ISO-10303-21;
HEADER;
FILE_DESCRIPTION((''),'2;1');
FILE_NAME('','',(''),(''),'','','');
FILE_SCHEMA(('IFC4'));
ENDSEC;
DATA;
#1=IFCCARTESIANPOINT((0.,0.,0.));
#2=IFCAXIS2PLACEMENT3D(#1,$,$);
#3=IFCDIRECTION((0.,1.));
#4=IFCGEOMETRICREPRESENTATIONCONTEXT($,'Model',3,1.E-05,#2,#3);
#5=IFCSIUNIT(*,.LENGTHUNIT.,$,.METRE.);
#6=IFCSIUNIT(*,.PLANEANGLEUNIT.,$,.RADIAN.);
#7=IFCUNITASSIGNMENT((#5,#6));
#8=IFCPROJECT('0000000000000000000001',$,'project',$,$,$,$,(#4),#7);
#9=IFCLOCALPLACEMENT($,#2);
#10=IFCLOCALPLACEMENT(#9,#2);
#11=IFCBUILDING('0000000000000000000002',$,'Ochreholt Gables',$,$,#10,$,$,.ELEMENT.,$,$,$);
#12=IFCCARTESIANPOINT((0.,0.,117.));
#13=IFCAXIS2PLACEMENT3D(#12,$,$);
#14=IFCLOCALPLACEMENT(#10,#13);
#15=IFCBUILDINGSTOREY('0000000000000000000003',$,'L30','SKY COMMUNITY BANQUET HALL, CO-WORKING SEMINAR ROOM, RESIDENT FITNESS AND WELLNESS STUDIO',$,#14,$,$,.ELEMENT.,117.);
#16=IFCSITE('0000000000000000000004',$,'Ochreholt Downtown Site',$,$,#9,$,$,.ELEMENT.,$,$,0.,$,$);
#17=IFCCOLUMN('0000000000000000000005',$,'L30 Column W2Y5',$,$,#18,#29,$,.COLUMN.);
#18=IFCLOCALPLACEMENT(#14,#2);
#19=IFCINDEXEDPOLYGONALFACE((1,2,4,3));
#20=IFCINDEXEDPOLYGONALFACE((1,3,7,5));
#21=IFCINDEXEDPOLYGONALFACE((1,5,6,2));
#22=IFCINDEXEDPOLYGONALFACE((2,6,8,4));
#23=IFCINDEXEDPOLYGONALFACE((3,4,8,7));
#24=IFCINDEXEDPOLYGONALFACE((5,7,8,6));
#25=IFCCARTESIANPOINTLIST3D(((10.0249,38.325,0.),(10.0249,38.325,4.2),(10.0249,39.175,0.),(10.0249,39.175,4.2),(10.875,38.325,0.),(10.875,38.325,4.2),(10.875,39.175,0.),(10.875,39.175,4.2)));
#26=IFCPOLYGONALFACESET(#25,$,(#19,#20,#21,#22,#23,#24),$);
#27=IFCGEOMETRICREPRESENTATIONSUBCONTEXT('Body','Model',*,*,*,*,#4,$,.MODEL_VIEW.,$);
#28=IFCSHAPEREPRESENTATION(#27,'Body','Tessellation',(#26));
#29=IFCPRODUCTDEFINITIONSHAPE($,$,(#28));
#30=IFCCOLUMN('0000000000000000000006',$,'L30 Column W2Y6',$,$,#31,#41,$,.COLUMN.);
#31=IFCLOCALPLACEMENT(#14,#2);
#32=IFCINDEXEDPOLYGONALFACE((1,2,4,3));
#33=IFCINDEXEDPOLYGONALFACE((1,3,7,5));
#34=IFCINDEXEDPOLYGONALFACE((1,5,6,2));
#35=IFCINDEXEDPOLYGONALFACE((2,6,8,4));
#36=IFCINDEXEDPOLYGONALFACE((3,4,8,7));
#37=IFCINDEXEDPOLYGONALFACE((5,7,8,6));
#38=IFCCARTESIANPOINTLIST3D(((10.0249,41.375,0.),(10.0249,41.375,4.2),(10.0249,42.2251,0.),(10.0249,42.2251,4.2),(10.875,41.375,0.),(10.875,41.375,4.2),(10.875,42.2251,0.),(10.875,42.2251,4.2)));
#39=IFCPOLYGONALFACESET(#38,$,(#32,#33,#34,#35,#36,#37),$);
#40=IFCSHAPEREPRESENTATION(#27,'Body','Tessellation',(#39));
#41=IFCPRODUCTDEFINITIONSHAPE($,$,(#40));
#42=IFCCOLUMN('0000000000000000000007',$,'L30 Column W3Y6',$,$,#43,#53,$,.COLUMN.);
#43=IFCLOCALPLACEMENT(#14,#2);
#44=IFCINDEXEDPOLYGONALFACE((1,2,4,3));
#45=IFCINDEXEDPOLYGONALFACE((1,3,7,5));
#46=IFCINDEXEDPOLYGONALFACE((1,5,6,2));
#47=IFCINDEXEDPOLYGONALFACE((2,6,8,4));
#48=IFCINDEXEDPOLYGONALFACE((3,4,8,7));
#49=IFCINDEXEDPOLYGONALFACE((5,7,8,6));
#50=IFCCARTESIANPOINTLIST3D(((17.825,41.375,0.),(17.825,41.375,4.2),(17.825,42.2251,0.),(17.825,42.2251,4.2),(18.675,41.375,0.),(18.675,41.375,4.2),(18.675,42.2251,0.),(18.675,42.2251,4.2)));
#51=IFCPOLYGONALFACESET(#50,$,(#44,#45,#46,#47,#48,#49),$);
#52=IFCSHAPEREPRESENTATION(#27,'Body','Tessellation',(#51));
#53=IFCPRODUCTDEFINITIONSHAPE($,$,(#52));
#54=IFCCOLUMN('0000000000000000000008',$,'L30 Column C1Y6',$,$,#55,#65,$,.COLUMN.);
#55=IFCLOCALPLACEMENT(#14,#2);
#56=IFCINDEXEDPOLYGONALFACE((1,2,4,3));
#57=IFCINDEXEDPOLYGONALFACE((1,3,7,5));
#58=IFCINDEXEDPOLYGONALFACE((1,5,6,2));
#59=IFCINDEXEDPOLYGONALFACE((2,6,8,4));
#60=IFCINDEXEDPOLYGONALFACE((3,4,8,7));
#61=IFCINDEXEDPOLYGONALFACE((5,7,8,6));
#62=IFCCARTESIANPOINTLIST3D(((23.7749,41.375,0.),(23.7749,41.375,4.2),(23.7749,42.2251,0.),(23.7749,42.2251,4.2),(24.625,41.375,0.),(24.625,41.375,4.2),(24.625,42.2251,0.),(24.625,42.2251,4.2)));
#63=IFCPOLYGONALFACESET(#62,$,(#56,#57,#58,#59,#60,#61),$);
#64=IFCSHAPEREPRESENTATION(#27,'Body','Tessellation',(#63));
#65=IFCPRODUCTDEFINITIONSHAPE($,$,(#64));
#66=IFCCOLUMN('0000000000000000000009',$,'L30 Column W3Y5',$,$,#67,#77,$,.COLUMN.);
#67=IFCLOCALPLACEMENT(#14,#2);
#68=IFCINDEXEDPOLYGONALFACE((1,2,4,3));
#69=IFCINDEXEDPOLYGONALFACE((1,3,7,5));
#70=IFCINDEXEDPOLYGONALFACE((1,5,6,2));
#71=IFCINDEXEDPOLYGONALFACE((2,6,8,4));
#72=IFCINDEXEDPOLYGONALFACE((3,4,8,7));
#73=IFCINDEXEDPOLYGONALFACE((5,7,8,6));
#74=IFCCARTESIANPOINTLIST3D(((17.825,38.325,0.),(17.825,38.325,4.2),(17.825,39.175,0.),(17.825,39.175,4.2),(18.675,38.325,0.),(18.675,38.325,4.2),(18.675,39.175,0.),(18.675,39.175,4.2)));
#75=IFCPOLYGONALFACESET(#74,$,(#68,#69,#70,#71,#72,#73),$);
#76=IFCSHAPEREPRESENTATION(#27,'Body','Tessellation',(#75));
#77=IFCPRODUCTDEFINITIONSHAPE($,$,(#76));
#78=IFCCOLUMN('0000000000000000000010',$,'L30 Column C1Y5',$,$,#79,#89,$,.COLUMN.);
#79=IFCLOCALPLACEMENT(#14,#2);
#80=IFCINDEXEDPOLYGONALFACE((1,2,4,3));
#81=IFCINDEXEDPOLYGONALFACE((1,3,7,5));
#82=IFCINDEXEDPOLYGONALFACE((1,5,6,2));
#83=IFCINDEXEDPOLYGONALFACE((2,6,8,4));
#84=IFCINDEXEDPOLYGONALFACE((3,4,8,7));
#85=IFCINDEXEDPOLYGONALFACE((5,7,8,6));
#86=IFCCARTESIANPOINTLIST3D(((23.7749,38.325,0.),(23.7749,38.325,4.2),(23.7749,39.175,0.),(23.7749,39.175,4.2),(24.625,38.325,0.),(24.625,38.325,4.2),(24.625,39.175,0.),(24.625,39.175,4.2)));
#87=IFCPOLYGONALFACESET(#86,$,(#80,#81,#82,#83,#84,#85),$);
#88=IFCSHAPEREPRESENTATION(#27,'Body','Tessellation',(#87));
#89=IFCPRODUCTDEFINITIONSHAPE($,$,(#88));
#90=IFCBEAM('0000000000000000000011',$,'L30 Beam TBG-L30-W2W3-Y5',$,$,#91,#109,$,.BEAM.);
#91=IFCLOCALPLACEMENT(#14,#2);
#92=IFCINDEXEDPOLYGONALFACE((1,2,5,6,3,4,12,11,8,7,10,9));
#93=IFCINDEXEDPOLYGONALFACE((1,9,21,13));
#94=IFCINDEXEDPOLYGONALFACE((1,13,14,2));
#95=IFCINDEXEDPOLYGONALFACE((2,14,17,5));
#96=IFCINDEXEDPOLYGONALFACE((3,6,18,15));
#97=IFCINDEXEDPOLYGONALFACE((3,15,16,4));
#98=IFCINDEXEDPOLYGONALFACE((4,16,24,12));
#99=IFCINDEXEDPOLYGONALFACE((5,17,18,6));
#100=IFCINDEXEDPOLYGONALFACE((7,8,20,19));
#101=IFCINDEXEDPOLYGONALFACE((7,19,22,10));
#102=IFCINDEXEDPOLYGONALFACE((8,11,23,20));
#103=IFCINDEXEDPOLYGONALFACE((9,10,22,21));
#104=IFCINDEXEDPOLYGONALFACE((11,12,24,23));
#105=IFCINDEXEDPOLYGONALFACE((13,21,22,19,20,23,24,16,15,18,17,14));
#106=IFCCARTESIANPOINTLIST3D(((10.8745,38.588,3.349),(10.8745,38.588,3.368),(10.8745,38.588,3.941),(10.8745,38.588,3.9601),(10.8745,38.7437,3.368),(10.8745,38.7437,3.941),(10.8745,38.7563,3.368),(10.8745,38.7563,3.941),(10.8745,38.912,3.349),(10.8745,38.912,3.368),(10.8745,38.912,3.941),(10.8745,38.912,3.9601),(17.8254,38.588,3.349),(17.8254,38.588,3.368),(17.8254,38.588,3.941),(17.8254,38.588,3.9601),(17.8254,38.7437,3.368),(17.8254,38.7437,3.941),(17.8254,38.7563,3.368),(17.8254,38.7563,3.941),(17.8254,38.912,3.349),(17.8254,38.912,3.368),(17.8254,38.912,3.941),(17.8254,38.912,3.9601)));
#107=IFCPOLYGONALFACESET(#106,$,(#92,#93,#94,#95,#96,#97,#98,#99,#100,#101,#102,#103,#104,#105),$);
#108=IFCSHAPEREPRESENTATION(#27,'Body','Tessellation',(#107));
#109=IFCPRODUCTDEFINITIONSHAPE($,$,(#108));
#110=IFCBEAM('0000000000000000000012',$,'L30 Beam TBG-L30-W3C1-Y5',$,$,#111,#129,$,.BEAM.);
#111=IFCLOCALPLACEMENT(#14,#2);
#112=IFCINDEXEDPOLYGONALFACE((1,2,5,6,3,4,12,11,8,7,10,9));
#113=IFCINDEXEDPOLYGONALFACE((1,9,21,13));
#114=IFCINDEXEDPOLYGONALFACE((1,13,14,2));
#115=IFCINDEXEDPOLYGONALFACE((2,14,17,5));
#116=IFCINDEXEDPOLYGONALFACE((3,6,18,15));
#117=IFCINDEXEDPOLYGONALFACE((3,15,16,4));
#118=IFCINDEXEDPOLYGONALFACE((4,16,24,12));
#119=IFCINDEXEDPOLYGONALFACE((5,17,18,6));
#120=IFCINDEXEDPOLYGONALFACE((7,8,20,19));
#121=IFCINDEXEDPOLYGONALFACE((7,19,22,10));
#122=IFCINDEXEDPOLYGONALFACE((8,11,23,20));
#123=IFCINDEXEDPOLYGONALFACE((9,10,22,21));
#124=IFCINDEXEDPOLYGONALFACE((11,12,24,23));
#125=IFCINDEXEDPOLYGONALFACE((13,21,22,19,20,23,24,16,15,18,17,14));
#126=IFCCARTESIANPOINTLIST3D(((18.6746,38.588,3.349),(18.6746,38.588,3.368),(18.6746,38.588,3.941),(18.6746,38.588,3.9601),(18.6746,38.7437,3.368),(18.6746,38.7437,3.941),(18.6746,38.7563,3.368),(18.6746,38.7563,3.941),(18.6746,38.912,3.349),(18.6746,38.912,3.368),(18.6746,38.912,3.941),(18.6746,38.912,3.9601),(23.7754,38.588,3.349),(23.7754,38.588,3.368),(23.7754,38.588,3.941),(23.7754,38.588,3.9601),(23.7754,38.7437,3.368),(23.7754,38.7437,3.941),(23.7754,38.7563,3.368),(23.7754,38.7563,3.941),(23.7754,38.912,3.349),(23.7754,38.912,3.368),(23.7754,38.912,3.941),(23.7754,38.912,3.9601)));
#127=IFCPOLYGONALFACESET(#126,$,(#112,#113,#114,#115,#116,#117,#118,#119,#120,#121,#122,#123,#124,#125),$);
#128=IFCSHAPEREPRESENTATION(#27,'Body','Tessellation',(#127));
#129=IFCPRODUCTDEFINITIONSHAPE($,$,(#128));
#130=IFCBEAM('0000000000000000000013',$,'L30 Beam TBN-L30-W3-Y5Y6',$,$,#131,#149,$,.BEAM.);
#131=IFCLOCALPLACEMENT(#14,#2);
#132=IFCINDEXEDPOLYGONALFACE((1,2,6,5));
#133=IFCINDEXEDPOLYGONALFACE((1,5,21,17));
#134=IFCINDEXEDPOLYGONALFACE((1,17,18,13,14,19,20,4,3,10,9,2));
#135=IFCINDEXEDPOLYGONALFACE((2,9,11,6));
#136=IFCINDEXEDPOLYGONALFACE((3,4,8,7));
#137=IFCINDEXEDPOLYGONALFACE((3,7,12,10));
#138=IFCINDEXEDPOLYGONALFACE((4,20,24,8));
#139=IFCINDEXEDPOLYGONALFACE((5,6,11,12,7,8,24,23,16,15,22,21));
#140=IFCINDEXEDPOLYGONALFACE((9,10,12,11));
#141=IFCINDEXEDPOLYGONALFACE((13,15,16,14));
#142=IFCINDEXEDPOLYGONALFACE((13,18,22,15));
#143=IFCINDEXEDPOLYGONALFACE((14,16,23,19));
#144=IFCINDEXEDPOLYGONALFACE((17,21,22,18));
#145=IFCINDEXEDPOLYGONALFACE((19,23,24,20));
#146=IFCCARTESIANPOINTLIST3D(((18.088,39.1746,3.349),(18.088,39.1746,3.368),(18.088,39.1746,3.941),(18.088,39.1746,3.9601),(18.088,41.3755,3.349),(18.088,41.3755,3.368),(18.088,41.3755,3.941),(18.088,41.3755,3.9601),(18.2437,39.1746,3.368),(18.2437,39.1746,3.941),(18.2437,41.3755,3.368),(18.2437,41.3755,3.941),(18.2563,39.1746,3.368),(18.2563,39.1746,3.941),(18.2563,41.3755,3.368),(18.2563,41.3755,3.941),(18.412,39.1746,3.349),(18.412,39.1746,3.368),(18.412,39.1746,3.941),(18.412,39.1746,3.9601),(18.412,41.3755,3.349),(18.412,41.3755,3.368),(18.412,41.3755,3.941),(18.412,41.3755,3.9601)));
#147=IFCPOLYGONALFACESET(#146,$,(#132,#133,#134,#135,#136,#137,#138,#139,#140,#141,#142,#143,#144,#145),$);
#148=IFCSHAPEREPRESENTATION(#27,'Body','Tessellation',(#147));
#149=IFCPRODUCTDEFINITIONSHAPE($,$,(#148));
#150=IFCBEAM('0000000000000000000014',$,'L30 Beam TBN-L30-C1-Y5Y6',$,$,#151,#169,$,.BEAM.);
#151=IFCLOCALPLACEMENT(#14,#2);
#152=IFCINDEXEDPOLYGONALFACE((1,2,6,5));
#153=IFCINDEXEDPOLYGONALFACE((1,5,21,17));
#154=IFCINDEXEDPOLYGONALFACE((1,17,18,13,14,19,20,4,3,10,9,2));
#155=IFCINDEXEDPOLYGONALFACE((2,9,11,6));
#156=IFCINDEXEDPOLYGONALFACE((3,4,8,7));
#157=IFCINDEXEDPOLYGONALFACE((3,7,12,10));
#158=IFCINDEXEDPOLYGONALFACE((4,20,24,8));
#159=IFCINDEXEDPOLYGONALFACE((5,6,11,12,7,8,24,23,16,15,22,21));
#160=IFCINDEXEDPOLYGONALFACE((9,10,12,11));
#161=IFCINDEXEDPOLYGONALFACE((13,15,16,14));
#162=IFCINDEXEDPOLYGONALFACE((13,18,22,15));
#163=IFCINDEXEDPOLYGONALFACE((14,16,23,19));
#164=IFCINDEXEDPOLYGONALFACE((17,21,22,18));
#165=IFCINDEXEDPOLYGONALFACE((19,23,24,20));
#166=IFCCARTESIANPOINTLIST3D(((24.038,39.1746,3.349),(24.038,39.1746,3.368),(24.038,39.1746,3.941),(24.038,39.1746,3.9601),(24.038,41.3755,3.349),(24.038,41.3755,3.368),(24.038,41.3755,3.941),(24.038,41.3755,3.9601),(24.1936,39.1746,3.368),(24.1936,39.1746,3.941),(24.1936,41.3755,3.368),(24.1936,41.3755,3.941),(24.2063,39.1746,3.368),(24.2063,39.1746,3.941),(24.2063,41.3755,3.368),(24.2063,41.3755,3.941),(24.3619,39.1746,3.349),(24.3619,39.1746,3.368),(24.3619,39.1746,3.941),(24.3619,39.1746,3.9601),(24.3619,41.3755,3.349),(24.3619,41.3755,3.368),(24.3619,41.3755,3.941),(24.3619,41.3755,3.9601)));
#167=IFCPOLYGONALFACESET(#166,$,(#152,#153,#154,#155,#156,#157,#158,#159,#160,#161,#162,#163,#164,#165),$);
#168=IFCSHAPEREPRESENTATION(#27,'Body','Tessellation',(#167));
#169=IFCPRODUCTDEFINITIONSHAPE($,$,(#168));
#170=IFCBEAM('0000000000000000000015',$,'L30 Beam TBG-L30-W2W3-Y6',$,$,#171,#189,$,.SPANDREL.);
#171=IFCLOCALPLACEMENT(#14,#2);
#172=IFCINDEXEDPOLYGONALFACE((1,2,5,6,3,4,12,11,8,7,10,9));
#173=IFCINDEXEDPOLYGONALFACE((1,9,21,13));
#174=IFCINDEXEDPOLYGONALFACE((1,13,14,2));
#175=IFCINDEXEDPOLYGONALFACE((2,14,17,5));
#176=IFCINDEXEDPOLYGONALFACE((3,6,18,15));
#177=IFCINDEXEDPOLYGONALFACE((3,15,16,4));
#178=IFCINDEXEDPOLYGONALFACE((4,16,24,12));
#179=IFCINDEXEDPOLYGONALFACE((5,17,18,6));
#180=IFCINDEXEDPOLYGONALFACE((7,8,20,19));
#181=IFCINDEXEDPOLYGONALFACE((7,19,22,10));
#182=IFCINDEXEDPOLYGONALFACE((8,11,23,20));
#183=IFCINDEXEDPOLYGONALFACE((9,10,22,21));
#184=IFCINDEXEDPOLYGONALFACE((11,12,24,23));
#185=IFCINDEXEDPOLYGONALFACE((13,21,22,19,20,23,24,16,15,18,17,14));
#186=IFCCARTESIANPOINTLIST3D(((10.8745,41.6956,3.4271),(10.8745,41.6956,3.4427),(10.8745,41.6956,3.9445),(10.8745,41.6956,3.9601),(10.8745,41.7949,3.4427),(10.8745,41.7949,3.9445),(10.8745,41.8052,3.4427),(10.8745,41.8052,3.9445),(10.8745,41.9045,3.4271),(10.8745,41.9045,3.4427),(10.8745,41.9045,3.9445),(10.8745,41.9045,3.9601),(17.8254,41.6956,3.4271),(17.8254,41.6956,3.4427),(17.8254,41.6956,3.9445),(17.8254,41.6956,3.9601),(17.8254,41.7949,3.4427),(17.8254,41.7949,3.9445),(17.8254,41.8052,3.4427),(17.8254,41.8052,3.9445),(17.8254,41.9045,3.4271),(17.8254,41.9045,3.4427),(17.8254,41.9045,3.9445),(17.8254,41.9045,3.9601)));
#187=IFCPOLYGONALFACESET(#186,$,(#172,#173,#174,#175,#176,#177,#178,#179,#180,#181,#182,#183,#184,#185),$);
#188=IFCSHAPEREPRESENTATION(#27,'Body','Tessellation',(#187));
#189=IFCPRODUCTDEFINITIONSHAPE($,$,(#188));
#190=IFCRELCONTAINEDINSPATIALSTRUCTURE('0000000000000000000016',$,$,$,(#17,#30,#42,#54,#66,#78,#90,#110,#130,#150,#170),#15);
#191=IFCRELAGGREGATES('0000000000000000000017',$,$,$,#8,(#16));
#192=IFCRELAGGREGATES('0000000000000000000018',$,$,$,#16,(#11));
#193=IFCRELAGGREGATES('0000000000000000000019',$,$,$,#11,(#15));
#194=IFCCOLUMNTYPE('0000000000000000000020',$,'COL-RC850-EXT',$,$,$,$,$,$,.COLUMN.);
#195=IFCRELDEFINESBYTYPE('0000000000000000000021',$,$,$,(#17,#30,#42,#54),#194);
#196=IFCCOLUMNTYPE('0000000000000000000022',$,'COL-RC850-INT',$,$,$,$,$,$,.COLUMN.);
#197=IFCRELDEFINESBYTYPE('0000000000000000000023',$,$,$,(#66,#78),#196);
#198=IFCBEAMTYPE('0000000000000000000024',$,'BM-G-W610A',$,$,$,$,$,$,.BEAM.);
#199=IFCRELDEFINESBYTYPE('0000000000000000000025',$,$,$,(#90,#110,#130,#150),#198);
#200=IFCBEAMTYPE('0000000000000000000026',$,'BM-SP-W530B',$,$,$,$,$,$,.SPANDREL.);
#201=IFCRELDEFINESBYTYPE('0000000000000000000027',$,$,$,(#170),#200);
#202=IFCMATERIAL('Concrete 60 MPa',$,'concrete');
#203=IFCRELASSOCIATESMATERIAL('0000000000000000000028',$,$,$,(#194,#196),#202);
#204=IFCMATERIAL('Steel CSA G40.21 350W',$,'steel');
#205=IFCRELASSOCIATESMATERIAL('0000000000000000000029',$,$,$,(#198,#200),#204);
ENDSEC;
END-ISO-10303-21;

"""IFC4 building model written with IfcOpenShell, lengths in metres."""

from ifc_helpers import new_model, si_unit, direction, frame, origin, origin_2d, place, context, subcontext, project, spatial, rectangle, i_section, extrude, material, material_profile, profile_set, type_object, element, save


model = new_model("IFC4")

# Units and contexts
model_context = context("Model", 3, precision=1e-05, world=origin(), true_north=direction((0.0, 1.0)))
body_context = subcontext(model_context, "Body", "Model", "MODEL_VIEW")
ifc_project = project(units=[si_unit("LENGTHUNIT", "METRE"), si_unit("PLANEANGLEUNIT", "RADIAN")], contexts=[model_context])

# Site, building, storey
site_placement = place(None, origin())
site = spatial("IfcSite", under=ifc_project, at=site_placement, Name="Ochreholt Downtown Site", CompositionType="ELEMENT", RefElevation=0.0)
building_placement = place(site_placement, origin())
building = spatial("IfcBuilding", under=site, at=building_placement, Name="Ochreholt Gables", CompositionType="ELEMENT")
storey_placement = place(building_placement, frame((0.0, 0.0, 117.0)))
storey = spatial("IfcBuildingStorey", under=building, at=storey_placement, Name="L30", Description="SKY COMMUNITY BANQUET HALL, CO-WORKING SEMINAR ROOM, RESIDENT FITNESS AND WELLNESS STUDIO", CompositionType="ELEMENT", Elevation=117.0)

# Columns
ifc_material_1 = material(Name="Concrete 60 MPa", Category="concrete")
ifc_material_profile_1 = material_profile(ifc_material_1, rectangle(XDim=0.8501, YDim=0.8501, at=origin_2d()), Name="RC850X850")
ifc_profile_set_1 = profile_set([ifc_material_profile_1], Name="Concrete 60 MPa")
column_type_1 = type_object("IfcColumnType", Name="COL-RC850-EXT", PredefinedType="COLUMN", material=ifc_profile_set_1)
for number, where, z_axis, x_axis, name in (
    (1, (10.45, 38.75, 0.0), (0.0, 0.0, 1.0), (1.0, 0.0, 0.0), "L30 Column W2Y5"),
    (2, (10.45, 41.8, 0.0), (0.0, 0.0, 1.0), (1.0, 0.0, 0.0), "L30 Column W2Y6"),
    (3, (18.25, 41.8, 0.0), (0.0, 0.0, 1.0), (1.0, 0.0, 0.0), "L30 Column W3Y6"),
    (4, (24.2, 41.8, 0.0), (0.0, 0.0, 1.0), (1.0, 0.0, 0.0), "L30 Column C1Y6"),
):
    element("IfcColumn", number, at=place(storey_placement, frame(where, z_axis=z_axis, x_axis=x_axis)), inside=storey, type_object=column_type_1, Name=name, PredefinedType="COLUMN", context=body_context, shape_type="SweptSolid", body=[
        extrude(rectangle(XDim=0.8501, YDim=0.8501, at=origin_2d()), origin(), (0.0, 0.0, 1.0), 4.2),
    ])
ifc_material_profile_2 = material_profile(ifc_material_1, rectangle(XDim=0.8501, YDim=0.8501, at=origin_2d()), Name="RC850X850")
ifc_profile_set_2 = profile_set([ifc_material_profile_2], Name="Concrete 60 MPa")
column_type_2 = type_object("IfcColumnType", Name="COL-RC850-INT", PredefinedType="COLUMN", material=ifc_profile_set_2)
for number, where, z_axis, x_axis, name in (
    (5, (18.25, 38.75, 0.0), (0.0, 0.0, 1.0), (1.0, 0.0, 0.0), "L30 Column W3Y5"),
    (6, (24.2, 38.75, 0.0), (0.0, 0.0, 1.0), (1.0, 0.0, 0.0), "L30 Column C1Y5"),
):
    element("IfcColumn", number, at=place(storey_placement, frame(where, z_axis=z_axis, x_axis=x_axis)), inside=storey, type_object=column_type_2, Name=name, PredefinedType="COLUMN", context=body_context, shape_type="SweptSolid", body=[
        extrude(rectangle(XDim=0.8501, YDim=0.8501, at=origin_2d()), origin(), (0.0, 0.0, 1.0), 4.2),
    ])

# Beams
ifc_material_2 = material(Name="Steel CSA G40.21 350W", Category="steel")
ifc_material_profile_3 = material_profile(ifc_material_2, i_section(OverallWidth=0.324, OverallDepth=0.6111, WebThickness=0.0127, FlangeThickness=0.019, at=origin_2d()), Name="W610X155")
ifc_profile_set_3 = profile_set([ifc_material_profile_3], Name="Steel CSA G40.21 350W")
beam_type_1 = type_object("IfcBeamType", Name="BM-G-W610A", PredefinedType="BEAM", material=ifc_profile_set_3)
beam_1_placement = place(storey_placement, frame((10.8745, 38.75, 3.6545), z_axis=(1.0, 0.0, 0.0), x_axis=(0.0, 1.0, 0.0)))
element("IfcBeam", 7, at=beam_1_placement, inside=storey, type_object=beam_type_1, Name="L30 Beam TBG-L30-W2W3-Y5", PredefinedType="BEAM", context=body_context, shape_type="SweptSolid", body=[
    extrude(i_section(OverallWidth=0.324, OverallDepth=0.6111, WebThickness=0.0127, FlangeThickness=0.019, at=origin_2d()), origin(), (0.0, 0.0, 1.0), 6.9509),
])
beam_2_placement = place(storey_placement, frame((18.6746, 38.75, 3.6545), z_axis=(1.0, 0.0, 0.0), x_axis=(0.0, 1.0, 0.0)))
element("IfcBeam", 8, at=beam_2_placement, inside=storey, type_object=beam_type_1, Name="L30 Beam TBG-L30-W3C1-Y5", PredefinedType="BEAM", context=body_context, shape_type="SweptSolid", body=[
    extrude(i_section(OverallWidth=0.324, OverallDepth=0.6111, WebThickness=0.0127, FlangeThickness=0.019, at=origin_2d()), origin(), (0.0, 0.0, 1.0), 5.1008),
])
for number, where, z_axis, x_axis, name in (
    (9, (18.25, 39.1746, 3.6545), (0.0, 1.0, 0.0), (-1.0, 0.0, 0.0), "L30 Beam TBN-L30-W3-Y5Y6"),
    (10, (24.2, 39.1746, 3.6545), (0.0, 1.0, 0.0), (-1.0, 0.0, 0.0), "L30 Beam TBN-L30-C1-Y5Y6"),
):
    element("IfcBeam", number, at=place(storey_placement, frame(where, z_axis=z_axis, x_axis=x_axis)), inside=storey, type_object=beam_type_1, Name=name, PredefinedType="BEAM", context=body_context, shape_type="SweptSolid", body=[
        extrude(i_section(OverallWidth=0.324, OverallDepth=0.6111, WebThickness=0.0127, FlangeThickness=0.019, at=origin_2d()), origin(), (0.0, 0.0, 1.0), 2.2009),
    ])
ifc_material_profile_4 = material_profile(ifc_material_2, i_section(OverallWidth=0.209, OverallDepth=0.533, WebThickness=0.0103, FlangeThickness=0.0156, at=origin_2d()), Name="W530X92")
ifc_profile_set_4 = profile_set([ifc_material_profile_4], Name="Steel CSA G40.21 350W")
beam_type_2 = type_object("IfcBeamType", Name="BM-SP-W530B", PredefinedType="SPANDREL", material=ifc_profile_set_4)
beam_3_placement = place(storey_placement, frame((10.8745, 41.8, 3.6936), z_axis=(1.0, 0.0, 0.0), x_axis=(0.0, 1.0, 0.0)))
element("IfcBeam", 11, at=beam_3_placement, inside=storey, type_object=beam_type_2, Name="L30 Beam TBG-L30-W2W3-Y6", PredefinedType="SPANDREL", context=body_context, shape_type="SweptSolid", body=[
    extrude(i_section(OverallWidth=0.209, OverallDepth=0.533, WebThickness=0.0103, FlangeThickness=0.0156, at=origin_2d()), origin(), (0.0, 0.0, 1.0), 6.9509),
])

save(model, "model.ifc")
